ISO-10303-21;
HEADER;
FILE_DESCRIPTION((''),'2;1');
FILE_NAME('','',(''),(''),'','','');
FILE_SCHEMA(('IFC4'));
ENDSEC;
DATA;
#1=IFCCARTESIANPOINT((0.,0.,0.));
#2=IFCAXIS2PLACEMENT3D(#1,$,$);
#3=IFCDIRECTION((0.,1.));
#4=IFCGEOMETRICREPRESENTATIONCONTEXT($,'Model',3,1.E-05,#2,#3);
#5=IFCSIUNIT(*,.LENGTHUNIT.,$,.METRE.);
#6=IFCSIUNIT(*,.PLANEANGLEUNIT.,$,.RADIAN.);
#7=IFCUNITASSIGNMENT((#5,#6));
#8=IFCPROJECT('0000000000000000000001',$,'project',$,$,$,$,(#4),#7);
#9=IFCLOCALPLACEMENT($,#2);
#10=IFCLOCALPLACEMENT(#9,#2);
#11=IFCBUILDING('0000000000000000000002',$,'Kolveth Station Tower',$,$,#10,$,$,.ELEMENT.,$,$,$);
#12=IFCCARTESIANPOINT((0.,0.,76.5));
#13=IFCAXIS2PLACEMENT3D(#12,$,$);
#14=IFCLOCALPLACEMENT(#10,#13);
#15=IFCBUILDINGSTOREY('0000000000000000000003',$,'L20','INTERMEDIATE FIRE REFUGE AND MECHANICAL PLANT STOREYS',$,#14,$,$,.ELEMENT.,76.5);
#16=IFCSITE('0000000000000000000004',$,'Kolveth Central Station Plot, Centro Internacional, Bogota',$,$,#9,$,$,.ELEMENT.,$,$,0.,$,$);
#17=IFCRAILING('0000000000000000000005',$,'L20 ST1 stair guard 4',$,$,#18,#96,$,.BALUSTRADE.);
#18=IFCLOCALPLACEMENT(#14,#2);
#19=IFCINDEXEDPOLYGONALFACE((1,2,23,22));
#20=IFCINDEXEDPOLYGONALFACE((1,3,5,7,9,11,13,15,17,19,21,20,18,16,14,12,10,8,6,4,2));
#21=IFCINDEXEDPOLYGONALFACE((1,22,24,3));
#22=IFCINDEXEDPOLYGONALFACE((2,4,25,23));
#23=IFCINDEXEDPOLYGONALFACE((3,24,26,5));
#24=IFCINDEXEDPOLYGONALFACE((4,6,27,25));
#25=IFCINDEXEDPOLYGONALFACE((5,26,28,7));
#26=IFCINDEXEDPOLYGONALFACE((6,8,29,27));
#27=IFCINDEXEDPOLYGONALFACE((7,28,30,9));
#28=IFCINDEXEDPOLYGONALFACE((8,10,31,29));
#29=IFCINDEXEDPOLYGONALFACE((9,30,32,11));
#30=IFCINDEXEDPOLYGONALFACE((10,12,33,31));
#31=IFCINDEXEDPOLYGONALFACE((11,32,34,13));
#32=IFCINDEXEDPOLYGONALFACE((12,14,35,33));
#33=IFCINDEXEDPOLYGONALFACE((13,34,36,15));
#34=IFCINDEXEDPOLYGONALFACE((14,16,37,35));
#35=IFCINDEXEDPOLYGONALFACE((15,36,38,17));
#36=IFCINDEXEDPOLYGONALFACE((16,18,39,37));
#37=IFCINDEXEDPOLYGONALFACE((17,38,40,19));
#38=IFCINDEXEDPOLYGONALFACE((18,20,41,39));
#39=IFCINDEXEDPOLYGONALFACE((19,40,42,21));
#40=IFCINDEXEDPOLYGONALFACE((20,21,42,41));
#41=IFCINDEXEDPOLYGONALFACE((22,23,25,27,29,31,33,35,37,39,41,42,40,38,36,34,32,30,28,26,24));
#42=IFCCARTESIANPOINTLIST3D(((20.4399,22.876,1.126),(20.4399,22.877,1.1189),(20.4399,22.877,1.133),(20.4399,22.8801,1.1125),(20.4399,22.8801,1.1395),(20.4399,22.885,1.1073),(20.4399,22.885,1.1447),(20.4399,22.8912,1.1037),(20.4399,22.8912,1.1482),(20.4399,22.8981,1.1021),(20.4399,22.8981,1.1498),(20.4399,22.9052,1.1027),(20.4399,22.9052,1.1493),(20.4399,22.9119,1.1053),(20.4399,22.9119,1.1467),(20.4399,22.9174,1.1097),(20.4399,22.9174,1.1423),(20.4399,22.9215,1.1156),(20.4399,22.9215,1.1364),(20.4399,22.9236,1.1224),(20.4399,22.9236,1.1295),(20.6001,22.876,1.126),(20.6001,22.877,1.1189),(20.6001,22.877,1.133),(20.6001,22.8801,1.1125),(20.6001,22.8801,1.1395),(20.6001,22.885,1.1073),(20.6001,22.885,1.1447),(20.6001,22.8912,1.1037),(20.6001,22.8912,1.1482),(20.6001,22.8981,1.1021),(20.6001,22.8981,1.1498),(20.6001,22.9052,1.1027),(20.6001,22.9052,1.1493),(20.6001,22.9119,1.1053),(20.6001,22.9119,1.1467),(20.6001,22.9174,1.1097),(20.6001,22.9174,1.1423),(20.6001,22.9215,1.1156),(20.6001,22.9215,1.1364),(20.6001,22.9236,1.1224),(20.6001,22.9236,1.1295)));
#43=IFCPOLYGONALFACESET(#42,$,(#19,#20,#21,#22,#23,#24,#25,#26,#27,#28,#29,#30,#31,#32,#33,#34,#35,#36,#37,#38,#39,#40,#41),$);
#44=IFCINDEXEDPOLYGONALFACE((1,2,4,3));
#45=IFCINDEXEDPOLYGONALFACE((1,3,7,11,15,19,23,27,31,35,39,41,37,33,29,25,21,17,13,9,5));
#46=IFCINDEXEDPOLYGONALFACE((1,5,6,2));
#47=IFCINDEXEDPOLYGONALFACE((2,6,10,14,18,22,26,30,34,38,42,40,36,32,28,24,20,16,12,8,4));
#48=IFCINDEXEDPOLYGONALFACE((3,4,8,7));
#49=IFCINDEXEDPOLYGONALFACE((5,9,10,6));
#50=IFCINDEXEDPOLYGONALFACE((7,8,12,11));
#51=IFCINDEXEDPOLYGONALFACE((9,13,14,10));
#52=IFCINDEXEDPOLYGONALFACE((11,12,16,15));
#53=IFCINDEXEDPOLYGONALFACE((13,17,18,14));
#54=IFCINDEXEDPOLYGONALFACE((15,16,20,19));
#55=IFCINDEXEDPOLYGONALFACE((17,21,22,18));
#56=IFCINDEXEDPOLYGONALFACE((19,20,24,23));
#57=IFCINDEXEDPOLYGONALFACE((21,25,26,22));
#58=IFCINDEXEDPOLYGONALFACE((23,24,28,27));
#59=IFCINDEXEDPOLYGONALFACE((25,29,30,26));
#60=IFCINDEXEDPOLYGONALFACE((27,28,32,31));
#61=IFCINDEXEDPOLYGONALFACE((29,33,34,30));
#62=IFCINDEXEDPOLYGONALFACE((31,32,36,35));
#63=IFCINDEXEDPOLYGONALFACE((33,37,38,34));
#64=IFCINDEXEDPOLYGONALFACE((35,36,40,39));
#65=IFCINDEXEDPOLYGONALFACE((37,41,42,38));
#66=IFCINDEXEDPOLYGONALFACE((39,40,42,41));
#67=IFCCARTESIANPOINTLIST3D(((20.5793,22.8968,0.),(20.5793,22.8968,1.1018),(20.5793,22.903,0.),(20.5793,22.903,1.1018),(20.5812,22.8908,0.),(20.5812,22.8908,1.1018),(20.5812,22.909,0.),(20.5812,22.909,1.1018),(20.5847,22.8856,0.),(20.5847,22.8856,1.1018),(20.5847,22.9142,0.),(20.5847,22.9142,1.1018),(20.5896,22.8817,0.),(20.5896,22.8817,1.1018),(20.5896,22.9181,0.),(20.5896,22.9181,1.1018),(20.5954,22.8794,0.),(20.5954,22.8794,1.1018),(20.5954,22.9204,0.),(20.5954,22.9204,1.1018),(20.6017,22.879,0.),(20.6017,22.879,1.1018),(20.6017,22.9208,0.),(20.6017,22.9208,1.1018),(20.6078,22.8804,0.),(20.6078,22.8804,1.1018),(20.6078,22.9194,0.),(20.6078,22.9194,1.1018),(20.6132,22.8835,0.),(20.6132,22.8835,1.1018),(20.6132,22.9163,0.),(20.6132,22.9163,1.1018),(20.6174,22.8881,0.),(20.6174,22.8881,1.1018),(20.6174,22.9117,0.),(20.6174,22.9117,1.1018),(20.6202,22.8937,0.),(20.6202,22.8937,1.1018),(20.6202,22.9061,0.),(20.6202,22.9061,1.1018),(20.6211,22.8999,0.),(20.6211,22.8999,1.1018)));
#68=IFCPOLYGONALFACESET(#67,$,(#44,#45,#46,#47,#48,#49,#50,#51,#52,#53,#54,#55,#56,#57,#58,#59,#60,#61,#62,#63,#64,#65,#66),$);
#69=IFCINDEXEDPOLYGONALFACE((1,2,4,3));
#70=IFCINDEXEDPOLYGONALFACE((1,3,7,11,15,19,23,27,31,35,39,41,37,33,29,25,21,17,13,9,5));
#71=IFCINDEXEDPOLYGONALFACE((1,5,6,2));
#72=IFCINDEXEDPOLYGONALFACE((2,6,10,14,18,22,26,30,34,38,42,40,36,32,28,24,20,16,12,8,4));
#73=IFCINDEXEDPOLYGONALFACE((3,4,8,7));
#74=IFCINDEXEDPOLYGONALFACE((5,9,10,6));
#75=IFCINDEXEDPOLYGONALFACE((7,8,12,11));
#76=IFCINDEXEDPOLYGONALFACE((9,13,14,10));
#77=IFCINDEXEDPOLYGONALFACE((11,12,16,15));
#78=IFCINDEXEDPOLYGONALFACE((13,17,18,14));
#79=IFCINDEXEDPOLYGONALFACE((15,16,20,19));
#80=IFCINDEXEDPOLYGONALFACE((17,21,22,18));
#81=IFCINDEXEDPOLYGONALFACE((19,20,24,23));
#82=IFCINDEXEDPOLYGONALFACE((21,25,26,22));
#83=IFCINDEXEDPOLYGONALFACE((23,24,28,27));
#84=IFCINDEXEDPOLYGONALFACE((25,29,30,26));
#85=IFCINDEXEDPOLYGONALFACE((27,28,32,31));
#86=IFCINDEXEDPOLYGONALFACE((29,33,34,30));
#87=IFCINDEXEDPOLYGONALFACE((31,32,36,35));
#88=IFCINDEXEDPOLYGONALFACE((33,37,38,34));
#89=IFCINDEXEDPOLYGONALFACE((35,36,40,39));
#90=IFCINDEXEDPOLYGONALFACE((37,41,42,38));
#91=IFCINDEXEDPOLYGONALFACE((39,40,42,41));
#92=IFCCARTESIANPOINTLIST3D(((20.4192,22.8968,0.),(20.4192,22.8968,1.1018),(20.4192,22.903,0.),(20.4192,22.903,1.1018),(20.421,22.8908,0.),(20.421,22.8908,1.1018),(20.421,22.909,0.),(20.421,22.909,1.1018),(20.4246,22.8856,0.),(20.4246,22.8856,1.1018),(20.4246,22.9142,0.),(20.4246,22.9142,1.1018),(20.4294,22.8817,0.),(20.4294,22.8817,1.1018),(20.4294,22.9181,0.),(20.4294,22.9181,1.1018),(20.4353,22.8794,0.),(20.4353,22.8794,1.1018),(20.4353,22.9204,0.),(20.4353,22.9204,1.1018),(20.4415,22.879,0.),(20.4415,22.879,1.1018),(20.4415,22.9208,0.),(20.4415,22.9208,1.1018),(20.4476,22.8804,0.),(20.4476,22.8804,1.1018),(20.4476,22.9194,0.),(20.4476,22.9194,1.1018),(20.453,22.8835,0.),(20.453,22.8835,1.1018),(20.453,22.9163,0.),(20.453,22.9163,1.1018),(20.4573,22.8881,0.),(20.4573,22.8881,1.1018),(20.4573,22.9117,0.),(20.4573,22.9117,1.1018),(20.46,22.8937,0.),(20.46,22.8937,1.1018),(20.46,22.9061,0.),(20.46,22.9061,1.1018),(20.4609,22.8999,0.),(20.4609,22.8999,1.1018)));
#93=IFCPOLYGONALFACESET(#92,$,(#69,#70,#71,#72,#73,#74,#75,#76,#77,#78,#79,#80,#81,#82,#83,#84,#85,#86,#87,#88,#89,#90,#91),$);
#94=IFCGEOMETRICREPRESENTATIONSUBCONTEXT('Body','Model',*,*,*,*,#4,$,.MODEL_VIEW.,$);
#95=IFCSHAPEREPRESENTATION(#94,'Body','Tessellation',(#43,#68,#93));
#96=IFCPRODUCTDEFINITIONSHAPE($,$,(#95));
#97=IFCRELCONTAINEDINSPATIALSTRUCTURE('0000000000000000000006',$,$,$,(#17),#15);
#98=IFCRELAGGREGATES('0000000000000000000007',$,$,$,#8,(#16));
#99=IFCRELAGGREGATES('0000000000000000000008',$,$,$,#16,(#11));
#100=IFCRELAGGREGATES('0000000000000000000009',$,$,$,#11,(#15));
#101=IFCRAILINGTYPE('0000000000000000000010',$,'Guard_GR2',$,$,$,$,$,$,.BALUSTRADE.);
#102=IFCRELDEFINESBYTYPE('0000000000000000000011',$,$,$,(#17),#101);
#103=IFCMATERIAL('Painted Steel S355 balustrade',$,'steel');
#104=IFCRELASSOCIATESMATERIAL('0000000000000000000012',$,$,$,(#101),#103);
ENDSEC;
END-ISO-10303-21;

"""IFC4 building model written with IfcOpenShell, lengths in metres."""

from ifc_helpers import new_model, si_unit, direction, frame, origin, origin_2d, place, context, subcontext, project, spatial, circle, extrude, material, type_object, element, save


model = new_model("IFC4")

# Units and contexts
model_context = context("Model", 3, precision=1e-05, world=origin(), true_north=direction((0.0, 1.0)))
body_context = subcontext(model_context, "Body", "Model", "MODEL_VIEW")
ifc_project = project(units=[si_unit("LENGTHUNIT", "METRE"), si_unit("PLANEANGLEUNIT", "RADIAN")], contexts=[model_context])

# Site, building, storey
site_placement = place(None, origin())
site = spatial("IfcSite", under=ifc_project, at=site_placement, Name="Kolveth Central Station Plot, Centro Internacional, Bogota", CompositionType="ELEMENT", RefElevation=0.0)
building_placement = place(site_placement, origin())
building = spatial("IfcBuilding", under=site, at=building_placement, Name="Kolveth Station Tower", CompositionType="ELEMENT")
storey_placement = place(building_placement, frame((0.0, 0.0, 76.5)))
storey = spatial("IfcBuildingStorey", under=building, at=storey_placement, Name="L20", Description="INTERMEDIATE FIRE REFUGE AND MECHANICAL PLANT STOREYS", CompositionType="ELEMENT", Elevation=76.5)

# Railing
ifc_material_1 = material(Name="Painted Steel S355 balustrade", Category="steel")
railing_type_1 = type_object("IfcRailingType", Name="Guard_GR2", PredefinedType="BALUSTRADE", material=ifc_material_1)
railing_1_placement = place(storey_placement, frame((20.6001, 22.8999, 0.0)))
element("IfcRailing", 1, at=railing_1_placement, inside=storey, type_object=railing_type_1, Name="L20 ST1 stair guard 4", PredefinedType="BALUSTRADE", context=body_context, shape_type="SweptSolid", body=[
    extrude(circle(Radius=0.0239, at=origin_2d()), frame((0.0, 0.0, 1.126), z_axis=(-1.0, 0.0, 0.0), x_axis=(0.0, -1.0, 0.0)), (0.0, 0.0, 1.0), 0.1602),
    extrude(circle(Radius=0.021, at=origin_2d()), origin(), (0.0, 0.0, 1.0), 1.1018),
    extrude(circle(Radius=0.021, at=origin_2d()), frame((-0.1602, 0.0, 0.0)), (0.0, 0.0, 1.0), 1.1018),
])

save(model, "model.ifc")
